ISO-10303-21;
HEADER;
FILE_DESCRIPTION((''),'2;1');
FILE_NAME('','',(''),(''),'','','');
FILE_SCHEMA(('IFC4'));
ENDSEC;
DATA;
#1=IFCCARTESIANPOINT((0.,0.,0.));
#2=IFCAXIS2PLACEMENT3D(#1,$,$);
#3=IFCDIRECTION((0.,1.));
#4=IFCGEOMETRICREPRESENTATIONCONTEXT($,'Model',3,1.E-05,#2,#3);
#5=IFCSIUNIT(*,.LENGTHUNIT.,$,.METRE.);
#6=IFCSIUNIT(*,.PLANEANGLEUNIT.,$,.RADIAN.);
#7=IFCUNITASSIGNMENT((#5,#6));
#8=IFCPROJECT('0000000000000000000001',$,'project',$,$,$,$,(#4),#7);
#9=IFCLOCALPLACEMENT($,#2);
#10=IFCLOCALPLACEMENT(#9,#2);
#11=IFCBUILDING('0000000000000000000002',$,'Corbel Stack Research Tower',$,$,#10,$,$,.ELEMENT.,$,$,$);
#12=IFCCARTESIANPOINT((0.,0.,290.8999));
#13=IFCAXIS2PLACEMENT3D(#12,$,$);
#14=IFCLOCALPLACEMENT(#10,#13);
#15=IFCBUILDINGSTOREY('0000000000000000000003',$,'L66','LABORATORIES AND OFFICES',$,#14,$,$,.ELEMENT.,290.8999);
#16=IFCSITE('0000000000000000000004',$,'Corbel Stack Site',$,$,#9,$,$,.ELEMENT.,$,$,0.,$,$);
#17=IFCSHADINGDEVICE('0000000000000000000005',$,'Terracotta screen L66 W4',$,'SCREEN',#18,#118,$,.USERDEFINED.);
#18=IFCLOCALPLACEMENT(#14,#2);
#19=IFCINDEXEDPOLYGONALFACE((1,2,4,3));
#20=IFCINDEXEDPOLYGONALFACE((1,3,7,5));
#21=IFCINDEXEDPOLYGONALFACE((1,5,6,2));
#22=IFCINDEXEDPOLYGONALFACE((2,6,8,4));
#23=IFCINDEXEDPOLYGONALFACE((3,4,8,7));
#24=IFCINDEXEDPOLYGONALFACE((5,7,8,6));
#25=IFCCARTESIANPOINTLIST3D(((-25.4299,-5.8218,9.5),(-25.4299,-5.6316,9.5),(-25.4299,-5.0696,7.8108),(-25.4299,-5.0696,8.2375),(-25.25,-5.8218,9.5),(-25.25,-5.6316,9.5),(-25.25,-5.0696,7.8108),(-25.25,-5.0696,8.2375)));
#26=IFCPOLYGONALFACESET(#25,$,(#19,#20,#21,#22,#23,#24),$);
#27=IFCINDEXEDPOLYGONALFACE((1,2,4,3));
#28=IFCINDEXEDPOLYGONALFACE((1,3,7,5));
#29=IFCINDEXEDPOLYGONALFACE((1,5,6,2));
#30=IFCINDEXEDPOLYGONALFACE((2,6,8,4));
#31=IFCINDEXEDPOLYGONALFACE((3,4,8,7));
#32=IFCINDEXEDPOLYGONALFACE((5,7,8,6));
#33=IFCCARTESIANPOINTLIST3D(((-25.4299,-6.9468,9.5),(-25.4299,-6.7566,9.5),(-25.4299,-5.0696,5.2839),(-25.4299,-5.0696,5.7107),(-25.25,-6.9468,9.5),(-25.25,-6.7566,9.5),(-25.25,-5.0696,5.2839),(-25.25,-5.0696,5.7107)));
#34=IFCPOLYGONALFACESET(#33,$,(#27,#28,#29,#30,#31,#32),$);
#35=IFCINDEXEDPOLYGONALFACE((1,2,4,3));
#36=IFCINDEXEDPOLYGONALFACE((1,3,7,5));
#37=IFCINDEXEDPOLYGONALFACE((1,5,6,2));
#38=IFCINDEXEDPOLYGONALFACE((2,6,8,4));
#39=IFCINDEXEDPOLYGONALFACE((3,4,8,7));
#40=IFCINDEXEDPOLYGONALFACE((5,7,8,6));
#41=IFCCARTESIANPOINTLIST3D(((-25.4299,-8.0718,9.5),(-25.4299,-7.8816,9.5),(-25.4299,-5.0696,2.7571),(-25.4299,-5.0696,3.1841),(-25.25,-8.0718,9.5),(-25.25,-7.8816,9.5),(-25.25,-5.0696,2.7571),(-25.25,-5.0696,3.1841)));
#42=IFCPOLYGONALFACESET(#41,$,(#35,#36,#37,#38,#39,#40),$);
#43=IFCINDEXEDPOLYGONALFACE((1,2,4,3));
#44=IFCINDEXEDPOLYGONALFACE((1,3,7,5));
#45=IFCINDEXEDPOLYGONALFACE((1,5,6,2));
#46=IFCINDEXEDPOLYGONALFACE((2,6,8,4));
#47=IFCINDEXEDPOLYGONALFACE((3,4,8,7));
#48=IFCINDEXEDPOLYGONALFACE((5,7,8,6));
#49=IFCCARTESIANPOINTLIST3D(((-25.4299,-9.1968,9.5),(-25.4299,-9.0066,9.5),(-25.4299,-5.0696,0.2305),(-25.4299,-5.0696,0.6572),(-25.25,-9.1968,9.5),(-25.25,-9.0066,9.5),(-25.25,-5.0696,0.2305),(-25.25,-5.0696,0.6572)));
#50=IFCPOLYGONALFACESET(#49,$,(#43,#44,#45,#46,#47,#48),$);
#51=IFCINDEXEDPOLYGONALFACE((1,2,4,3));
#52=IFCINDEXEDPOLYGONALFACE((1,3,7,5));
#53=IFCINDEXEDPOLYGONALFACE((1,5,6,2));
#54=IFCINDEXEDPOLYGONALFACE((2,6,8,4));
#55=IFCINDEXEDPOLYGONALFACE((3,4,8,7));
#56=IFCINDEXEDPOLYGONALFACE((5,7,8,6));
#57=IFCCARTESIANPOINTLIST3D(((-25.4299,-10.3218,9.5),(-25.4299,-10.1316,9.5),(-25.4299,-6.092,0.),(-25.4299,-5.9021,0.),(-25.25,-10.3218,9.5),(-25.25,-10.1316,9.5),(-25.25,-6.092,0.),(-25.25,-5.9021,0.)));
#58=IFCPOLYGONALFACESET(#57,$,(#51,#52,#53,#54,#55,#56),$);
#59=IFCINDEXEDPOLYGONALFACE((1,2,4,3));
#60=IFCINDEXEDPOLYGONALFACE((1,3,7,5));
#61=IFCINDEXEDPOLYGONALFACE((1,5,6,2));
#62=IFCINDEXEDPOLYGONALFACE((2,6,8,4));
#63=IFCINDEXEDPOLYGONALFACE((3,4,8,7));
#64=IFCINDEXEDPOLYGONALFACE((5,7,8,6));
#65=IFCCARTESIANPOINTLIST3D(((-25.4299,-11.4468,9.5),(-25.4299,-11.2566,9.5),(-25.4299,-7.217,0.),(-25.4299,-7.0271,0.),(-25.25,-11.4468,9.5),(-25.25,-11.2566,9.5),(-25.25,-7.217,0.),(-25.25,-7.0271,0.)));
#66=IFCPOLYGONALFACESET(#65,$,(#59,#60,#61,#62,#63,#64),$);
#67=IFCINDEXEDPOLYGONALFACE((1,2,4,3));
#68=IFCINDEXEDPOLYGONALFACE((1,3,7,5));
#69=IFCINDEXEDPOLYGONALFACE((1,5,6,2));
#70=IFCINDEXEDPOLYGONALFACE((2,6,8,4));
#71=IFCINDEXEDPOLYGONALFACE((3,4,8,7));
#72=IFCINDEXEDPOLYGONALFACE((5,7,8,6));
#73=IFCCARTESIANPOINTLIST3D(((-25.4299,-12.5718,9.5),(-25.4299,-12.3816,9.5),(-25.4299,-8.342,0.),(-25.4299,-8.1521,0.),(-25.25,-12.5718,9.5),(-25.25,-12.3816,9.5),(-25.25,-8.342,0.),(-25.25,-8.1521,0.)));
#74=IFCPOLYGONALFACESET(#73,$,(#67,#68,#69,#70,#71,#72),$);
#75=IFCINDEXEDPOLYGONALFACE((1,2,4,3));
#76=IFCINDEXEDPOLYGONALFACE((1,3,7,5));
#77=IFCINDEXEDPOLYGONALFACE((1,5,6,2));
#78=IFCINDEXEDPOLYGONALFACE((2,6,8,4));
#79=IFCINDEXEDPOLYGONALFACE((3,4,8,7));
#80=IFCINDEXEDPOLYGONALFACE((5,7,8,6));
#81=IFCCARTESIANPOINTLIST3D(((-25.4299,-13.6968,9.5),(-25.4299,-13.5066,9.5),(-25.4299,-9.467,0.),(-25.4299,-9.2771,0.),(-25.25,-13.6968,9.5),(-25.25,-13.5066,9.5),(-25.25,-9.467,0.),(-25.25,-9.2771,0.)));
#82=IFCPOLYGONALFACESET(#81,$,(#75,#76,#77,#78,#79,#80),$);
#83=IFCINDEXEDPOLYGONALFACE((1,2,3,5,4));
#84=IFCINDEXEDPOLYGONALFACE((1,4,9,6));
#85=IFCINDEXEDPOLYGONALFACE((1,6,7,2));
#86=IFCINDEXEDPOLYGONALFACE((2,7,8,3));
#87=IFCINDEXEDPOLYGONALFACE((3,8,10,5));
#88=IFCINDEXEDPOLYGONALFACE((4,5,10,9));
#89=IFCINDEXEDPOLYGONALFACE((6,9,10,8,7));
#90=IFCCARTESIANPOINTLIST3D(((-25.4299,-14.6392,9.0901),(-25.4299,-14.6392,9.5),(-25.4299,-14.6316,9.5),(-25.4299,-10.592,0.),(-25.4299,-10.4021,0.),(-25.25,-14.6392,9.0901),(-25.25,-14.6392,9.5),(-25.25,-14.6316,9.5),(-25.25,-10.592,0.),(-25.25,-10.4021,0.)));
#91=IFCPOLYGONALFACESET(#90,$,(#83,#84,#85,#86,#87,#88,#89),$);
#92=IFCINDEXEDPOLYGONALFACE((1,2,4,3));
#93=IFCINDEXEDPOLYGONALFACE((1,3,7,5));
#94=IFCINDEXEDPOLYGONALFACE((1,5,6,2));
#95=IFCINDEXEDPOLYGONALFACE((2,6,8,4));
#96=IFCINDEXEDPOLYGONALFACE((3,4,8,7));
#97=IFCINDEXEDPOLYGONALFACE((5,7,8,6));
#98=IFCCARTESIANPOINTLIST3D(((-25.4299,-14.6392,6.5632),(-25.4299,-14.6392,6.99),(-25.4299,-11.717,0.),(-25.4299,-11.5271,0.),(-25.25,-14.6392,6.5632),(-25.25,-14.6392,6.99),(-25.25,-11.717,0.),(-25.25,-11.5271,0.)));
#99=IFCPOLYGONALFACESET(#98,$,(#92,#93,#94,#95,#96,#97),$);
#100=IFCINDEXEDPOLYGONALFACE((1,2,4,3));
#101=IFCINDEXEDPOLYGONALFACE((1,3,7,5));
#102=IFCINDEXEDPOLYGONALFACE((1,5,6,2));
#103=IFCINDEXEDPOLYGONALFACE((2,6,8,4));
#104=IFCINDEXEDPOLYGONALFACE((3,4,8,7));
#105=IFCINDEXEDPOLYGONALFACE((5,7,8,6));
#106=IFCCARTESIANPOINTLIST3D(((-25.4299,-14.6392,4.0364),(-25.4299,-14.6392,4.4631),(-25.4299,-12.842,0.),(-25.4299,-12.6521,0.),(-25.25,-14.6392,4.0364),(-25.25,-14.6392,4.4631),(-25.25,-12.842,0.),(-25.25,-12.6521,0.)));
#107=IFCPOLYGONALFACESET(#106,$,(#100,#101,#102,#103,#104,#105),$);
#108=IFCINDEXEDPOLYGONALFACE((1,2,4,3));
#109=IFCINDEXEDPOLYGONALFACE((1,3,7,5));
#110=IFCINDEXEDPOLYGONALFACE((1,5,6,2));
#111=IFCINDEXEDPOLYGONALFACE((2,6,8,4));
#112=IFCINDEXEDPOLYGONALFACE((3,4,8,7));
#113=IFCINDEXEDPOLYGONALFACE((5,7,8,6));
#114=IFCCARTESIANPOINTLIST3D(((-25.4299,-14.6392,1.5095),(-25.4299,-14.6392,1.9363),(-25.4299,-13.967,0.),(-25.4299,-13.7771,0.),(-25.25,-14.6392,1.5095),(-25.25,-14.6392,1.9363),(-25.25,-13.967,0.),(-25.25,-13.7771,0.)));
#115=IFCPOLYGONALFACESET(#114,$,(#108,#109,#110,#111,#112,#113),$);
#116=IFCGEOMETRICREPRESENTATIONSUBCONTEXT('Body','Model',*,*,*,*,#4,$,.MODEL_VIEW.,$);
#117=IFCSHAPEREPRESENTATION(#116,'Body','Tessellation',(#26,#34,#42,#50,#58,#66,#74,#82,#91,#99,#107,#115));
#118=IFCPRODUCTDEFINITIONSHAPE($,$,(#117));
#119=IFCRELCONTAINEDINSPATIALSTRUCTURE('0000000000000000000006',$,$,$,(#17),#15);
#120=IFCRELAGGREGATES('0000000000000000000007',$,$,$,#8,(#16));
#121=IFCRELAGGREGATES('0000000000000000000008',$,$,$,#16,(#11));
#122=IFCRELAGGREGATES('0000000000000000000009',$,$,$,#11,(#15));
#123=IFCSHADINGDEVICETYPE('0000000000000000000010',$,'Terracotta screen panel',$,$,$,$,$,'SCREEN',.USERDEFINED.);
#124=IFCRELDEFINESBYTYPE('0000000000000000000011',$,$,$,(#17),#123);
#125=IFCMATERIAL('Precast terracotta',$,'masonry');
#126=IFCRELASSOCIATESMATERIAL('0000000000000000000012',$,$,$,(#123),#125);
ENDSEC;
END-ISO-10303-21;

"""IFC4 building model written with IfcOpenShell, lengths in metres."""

from ifc_helpers import new_model, si_unit, direction, frame, origin, place, context, subcontext, project, spatial, polyline, outline, extrude, source, transform, mapped, material, type_object, element, save


model = new_model("IFC4")

# Units and contexts
model_context = context("Model", 3, precision=1e-05, world=origin(), true_north=direction((0.0, 1.0)))
body_context = subcontext(model_context, "Body", "Model", "MODEL_VIEW")
ifc_project = project(units=[si_unit("LENGTHUNIT", "METRE"), si_unit("PLANEANGLEUNIT", "RADIAN")], contexts=[model_context])

# Site, building, storey
site_placement = place(None, origin())
site = spatial("IfcSite", under=ifc_project, at=site_placement, Name="Corbel Stack Site", CompositionType="ELEMENT", RefElevation=0.0)
building_placement = place(site_placement, origin())
building = spatial("IfcBuilding", under=site, at=building_placement, Name="Corbel Stack Research Tower", CompositionType="ELEMENT")
storey_placement = place(building_placement, frame((0.0, 0.0, 290.8999)))
storey = spatial("IfcBuildingStorey", under=building, at=storey_placement, Name="L66", Description="LABORATORIES AND OFFICES", CompositionType="ELEMENT", Elevation=290.8999)

# Shading device
ifc_material_1 = material(Name="Precast terracotta", Category="masonry")
shading_device_type = type_object("IfcShadingDeviceType", Name="Terracotta screen panel", ElementType="SCREEN", PredefinedType="USERDEFINED", material=ifc_material_1)
shared_shape = source(origin(), body_context, "Body", "SweptSolid", [
    extrude(outline(polyline([(0.7522, 9.5), (0.562, 9.5), (0.0, 8.2375), (0.0, 7.8108), (0.7522, 9.5)])), frame((0.0, 0.0, 0.0), z_axis=(0.0, -1.0, 0.0), x_axis=(1.0, 0.0, 0.0)), (0.0, 0.0, 1.0), 0.1799),
    extrude(outline(polyline([(1.8772, 9.5), (1.687, 9.5), (0.0, 5.7107), (0.0, 5.2839), (1.8772, 9.5)])), frame((0.0, 0.0, 0.0), z_axis=(0.0, -1.0, 0.0), x_axis=(1.0, 0.0, 0.0)), (0.0, 0.0, 1.0), 0.1799),
    extrude(outline(polyline([(3.0022, 9.5), (2.812, 9.5), (0.0, 3.1841), (0.0, 2.7571), (3.0022, 9.5)])), frame((0.0, 0.0, 0.0), z_axis=(0.0, -1.0, 0.0), x_axis=(1.0, 0.0, 0.0)), (0.0, 0.0, 1.0), 0.1799),
    extrude(outline(polyline([(4.1272, 9.5), (3.937, 9.5), (0.0, 0.6572), (0.0, 0.2305), (4.1272, 9.5)])), frame((0.0, 0.0, 0.0), z_axis=(0.0, -1.0, 0.0), x_axis=(1.0, 0.0, 0.0)), (0.0, 0.0, 1.0), 0.1799),
    extrude(outline(polyline([(1.0225, 0.0), (5.2522, 9.5), (5.062, 9.5), (0.8325, 0.0), (1.0225, 0.0)])), frame((0.0, 0.0, 0.0), z_axis=(0.0, -1.0, 0.0), x_axis=(1.0, 0.0, 0.0)), (0.0, 0.0, 1.0), 0.1799),
    extrude(outline(polyline([(2.1475, 0.0), (6.3772, 9.5), (6.187, 9.5), (1.9575, 0.0), (2.1475, 0.0)])), frame((0.0, 0.0, 0.0), z_axis=(0.0, -1.0, 0.0), x_axis=(1.0, 0.0, 0.0)), (0.0, 0.0, 1.0), 0.1799),
    extrude(outline(polyline([(3.2725, 0.0), (7.5022, 9.5), (7.312, 9.5), (3.0825, 0.0), (3.2725, 0.0)])), frame((0.0, 0.0, 0.0), z_axis=(0.0, -1.0, 0.0), x_axis=(1.0, 0.0, 0.0)), (0.0, 0.0, 1.0), 0.1799),
    extrude(outline(polyline([(4.3975, 0.0), (8.6272, 9.5), (8.437, 9.5), (4.2075, 0.0), (4.3975, 0.0)])), frame((0.0, 0.0, 0.0), z_axis=(0.0, -1.0, 0.0), x_axis=(1.0, 0.0, 0.0)), (0.0, 0.0, 1.0), 0.1799),
    extrude(outline(polyline([(5.5225, 0.0), (9.5696, 9.0901), (9.5696, 9.5), (9.562, 9.5), (5.3325, 0.0), (5.5225, 0.0)])), frame((0.0, 0.0, 0.0), z_axis=(0.0, -1.0, 0.0), x_axis=(1.0, 0.0, 0.0)), (0.0, 0.0, 1.0), 0.1799),
    extrude(outline(polyline([(6.6475, 0.0), (9.5696, 6.5632), (9.5696, 6.99), (6.4575, 0.0), (6.6475, 0.0)])), frame((0.0, 0.0, 0.0), z_axis=(0.0, -1.0, 0.0), x_axis=(1.0, 0.0, 0.0)), (0.0, 0.0, 1.0), 0.1799),
    extrude(outline(polyline([(7.7725, 0.0), (9.5696, 4.0364), (9.5696, 4.4631), (7.5825, 0.0), (7.7725, 0.0)])), frame((0.0, 0.0, 0.0), z_axis=(0.0, -1.0, 0.0), x_axis=(1.0, 0.0, 0.0)), (0.0, 0.0, 1.0), 0.1799),
    extrude(outline(polyline([(8.8975, 0.0), (9.5696, 1.5095), (9.5696, 1.9363), (8.7075, 0.0), (8.8975, 0.0)])), frame((0.0, 0.0, 0.0), z_axis=(0.0, -1.0, 0.0), x_axis=(1.0, 0.0, 0.0)), (0.0, 0.0, 1.0), 0.1799),
])
shading_device_placement = place(storey_placement, frame((-25.25, -5.0696, 0.0), z_axis=(0.0, 0.0, 1.0), x_axis=(0.0, -1.0, 0.0)))
element("IfcShadingDevice", 1, at=shading_device_placement, inside=storey, type_object=shading_device_type, Name="Terracotta screen L66 W4", ObjectType="SCREEN", PredefinedType="USERDEFINED", context=body_context, shape_type="MappedRepresentation", body=[
    mapped(shared_shape, transform((0.0, 0.0, 0.0))),
])

save(model, "model.ifc")
